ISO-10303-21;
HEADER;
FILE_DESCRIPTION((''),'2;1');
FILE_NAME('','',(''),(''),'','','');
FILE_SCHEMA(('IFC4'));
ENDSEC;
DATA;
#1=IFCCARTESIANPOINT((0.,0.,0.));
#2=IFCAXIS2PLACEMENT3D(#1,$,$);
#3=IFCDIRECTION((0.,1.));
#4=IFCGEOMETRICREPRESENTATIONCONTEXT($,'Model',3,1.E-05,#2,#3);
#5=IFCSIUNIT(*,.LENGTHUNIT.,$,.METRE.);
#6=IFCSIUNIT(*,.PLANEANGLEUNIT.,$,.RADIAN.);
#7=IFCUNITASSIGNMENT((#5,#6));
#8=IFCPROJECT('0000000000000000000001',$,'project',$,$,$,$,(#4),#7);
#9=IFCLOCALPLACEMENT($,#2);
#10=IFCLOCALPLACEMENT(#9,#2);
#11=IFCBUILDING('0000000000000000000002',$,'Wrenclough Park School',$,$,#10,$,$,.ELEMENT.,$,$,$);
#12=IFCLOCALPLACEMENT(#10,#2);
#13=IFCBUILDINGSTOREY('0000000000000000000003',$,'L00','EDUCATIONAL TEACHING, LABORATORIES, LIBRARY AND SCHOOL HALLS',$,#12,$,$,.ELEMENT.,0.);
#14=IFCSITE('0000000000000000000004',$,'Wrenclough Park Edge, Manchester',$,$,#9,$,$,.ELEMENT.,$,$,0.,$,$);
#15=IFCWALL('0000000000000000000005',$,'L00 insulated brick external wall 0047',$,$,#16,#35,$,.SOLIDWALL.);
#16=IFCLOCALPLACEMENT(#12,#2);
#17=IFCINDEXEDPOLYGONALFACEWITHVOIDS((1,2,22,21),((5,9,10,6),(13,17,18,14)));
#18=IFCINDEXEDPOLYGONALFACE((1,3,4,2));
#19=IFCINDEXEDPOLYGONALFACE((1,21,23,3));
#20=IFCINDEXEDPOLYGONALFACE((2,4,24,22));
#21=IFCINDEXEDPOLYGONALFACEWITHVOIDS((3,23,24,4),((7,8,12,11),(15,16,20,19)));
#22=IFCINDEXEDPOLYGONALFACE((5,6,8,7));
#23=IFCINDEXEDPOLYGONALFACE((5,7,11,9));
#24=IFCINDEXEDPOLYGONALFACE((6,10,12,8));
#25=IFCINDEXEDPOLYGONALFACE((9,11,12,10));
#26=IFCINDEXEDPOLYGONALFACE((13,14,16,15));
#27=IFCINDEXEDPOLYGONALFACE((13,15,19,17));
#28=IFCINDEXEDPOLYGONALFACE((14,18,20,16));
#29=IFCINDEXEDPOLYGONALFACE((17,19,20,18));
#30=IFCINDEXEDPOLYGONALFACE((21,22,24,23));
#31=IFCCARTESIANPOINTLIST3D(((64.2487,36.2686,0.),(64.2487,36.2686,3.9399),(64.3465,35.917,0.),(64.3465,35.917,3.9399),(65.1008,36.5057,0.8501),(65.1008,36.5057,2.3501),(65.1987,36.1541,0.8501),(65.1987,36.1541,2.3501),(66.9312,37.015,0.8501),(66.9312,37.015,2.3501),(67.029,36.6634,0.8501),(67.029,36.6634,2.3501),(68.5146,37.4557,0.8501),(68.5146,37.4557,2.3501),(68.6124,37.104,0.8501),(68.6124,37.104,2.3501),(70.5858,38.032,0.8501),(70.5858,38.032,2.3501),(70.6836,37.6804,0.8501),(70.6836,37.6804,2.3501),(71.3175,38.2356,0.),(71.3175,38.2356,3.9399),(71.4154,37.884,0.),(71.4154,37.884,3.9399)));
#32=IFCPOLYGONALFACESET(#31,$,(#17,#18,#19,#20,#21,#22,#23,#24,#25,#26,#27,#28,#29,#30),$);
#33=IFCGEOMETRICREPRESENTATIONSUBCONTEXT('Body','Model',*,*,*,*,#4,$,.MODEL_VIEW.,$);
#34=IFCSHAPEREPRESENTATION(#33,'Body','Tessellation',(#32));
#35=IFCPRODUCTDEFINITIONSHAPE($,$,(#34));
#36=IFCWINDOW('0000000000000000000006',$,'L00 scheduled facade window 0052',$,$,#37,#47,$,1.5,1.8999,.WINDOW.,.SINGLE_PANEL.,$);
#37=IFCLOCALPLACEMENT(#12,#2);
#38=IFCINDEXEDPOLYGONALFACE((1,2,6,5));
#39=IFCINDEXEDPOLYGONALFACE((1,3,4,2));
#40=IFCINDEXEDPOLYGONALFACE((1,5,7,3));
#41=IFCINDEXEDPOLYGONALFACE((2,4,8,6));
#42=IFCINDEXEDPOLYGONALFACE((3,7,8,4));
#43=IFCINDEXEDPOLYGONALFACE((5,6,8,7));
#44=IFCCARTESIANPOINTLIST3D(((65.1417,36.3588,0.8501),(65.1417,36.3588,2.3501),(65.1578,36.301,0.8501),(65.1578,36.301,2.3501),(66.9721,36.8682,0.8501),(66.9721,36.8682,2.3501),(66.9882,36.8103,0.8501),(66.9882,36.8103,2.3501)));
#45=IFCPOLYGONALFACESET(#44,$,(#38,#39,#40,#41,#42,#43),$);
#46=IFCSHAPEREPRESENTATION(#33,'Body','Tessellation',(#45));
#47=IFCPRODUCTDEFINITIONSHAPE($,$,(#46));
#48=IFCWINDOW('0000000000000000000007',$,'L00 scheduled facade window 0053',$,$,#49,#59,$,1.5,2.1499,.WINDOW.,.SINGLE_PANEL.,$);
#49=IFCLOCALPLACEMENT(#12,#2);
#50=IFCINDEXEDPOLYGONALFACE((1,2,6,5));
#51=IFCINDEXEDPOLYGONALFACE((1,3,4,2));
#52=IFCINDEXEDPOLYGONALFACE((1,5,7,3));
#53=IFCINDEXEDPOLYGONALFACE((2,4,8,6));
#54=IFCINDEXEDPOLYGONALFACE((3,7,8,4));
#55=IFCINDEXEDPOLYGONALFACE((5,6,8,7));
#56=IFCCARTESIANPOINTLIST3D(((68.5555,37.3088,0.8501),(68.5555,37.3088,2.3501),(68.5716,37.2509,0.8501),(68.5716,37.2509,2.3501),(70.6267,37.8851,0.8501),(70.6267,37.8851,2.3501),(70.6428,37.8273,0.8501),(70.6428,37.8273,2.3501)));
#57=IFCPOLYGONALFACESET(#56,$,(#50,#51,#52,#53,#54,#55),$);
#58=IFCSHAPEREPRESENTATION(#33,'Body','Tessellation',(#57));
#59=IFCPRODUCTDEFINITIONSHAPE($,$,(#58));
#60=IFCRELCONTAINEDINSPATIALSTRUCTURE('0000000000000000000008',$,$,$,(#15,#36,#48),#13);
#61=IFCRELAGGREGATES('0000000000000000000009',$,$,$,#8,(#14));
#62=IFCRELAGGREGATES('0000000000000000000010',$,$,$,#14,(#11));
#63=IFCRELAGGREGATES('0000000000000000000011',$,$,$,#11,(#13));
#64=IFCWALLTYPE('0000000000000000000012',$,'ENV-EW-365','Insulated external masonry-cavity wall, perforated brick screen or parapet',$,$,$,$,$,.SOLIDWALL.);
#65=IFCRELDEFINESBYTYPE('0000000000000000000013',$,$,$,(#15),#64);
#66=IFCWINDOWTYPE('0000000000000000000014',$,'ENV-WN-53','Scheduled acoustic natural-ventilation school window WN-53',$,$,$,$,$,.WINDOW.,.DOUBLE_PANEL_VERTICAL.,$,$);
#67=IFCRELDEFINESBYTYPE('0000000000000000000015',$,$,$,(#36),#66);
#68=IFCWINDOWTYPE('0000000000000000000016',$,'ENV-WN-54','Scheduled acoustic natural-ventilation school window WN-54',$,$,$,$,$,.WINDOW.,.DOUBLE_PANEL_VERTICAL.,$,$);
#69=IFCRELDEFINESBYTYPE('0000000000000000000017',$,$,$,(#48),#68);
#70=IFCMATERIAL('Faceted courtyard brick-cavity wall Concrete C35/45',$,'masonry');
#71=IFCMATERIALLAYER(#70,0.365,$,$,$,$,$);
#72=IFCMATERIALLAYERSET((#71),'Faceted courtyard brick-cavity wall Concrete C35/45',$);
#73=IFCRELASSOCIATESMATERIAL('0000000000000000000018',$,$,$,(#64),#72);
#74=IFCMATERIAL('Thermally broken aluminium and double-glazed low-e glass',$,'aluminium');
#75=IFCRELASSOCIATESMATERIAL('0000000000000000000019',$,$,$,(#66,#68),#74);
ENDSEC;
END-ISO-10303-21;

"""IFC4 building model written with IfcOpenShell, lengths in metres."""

from ifc_helpers import new_model, si_unit, direction, frame, frame_2d, origin, place, context, subcontext, project, spatial, rectangle, extrude, material, layer, layer_set, type_object, element, fill, save


model = new_model("IFC4")

# Units and contexts
model_context = context("Model", 3, precision=1e-05, world=origin(), true_north=direction((0.0, 1.0)))
body_context = subcontext(model_context, "Body", "Model", "MODEL_VIEW")
ifc_project = project(units=[si_unit("LENGTHUNIT", "METRE"), si_unit("PLANEANGLEUNIT", "RADIAN")], contexts=[model_context])

# Site, building, storey
site_placement = place(None, origin())
site = spatial("IfcSite", under=ifc_project, at=site_placement, Name="Wrenclough Park Edge, Manchester", CompositionType="ELEMENT", RefElevation=0.0)
building_placement = place(site_placement, origin())
building = spatial("IfcBuilding", under=site, at=building_placement, Name="Wrenclough Park School", CompositionType="ELEMENT")
storey_placement = place(building_placement, origin())
storey = spatial("IfcBuildingStorey", under=building, at=storey_placement, Name="L00", Description="EDUCATIONAL TEACHING, LABORATORIES, LIBRARY AND SCHOOL HALLS", CompositionType="ELEMENT", Elevation=0.0)

# Wall, openings, windows
ifc_material_1 = material(Name="Faceted courtyard brick-cavity wall Concrete C35/45", Category="masonry")
ifc_layer_1 = layer(ifc_material_1, 0.365)
ifc_layer_set_1 = layer_set([ifc_layer_1], Name="Faceted courtyard brick-cavity wall Concrete C35/45")
wall_type = type_object("IfcWallType", Name="ENV-EW-365", Description="Insulated external masonry-cavity wall, perforated brick screen or parapet", PredefinedType="SOLIDWALL", material=ifc_layer_set_1)
wall_placement = place(storey_placement, frame((64.2976, 36.0928, 0.0), z_axis=(0.0, 0.0, 1.0), x_axis=(0.963396, 0.268083, 0.0)))
wall = element("IfcWall", 1, at=wall_placement, inside=storey, type_object=wall_type, Name="L00 insulated brick external wall 0047", PredefinedType="SOLIDWALL", context=body_context, shape_type="SweptSolid", body=[
    extrude(rectangle(XDim=7.3374, YDim=0.365, at=frame_2d((3.6687, 0.0))), origin(), (0.0, 0.0, 1.0), 3.9399),
])
opening_1_placement = place(wall_placement, frame((0.8845, 0.0, 0.8501)))
opening_1 = element("IfcOpeningElement", 2, at=opening_1_placement, cuts=wall, PredefinedType="OPENING", context=body_context, shape_type="SweptSolid", body=[
    extrude(rectangle(XDim=1.8999, YDim=1.5, at=frame_2d((0.95, 0.75))), frame((0.0, 0.1924, 0.0), z_axis=(0.0, -1.0, 0.0), x_axis=(1.0, 0.0, 0.0)), (0.0, 0.0, 1.0), 0.385),
])
opening_2_placement = place(wall_placement, frame((4.428, 0.0, 0.8501)))
opening_2 = element("IfcOpeningElement", 3, at=opening_2_placement, cuts=wall, PredefinedType="OPENING", context=body_context, shape_type="SweptSolid", body=[
    extrude(rectangle(XDim=2.1499, YDim=1.5, at=frame_2d((1.075, 0.75))), frame((0.0, 0.1924, 0.0), z_axis=(0.0, -1.0, 0.0), x_axis=(1.0, 0.0, 0.0)), (0.0, 0.0, 1.0), 0.385),
])
ifc_material_2 = material(Name="Thermally broken aluminium and double-glazed low-e glass", Category="aluminium")
window_type_1 = type_object("IfcWindowType", Name="ENV-WN-53", Description="Scheduled acoustic natural-ventilation school window WN-53", PartitioningType="DOUBLE_PANEL_VERTICAL", PredefinedType="WINDOW", material=ifc_material_2)
window_1_placement = place(opening_1_placement, origin())
window_1 = element("IfcWindow", 4, at=window_1_placement, inside=storey, type_object=window_type_1, Name="L00 scheduled facade window 0052", OverallHeight=1.5, OverallWidth=1.8999, PartitioningType="SINGLE_PANEL", PredefinedType="WINDOW", context=body_context, shape_type="SweptSolid", body=[
    extrude(rectangle(XDim=1.8999, YDim=1.5, at=frame_2d((0.95, 0.75))), frame((0.0, 0.03, 0.0), z_axis=(0.0, -1.0, 0.0), x_axis=(1.0, 0.0, 0.0)), (0.0, 0.0, 1.0), 0.0601),
])
fill(opening_1, window_1)
window_type_2 = type_object("IfcWindowType", Name="ENV-WN-54", Description="Scheduled acoustic natural-ventilation school window WN-54", PartitioningType="DOUBLE_PANEL_VERTICAL", PredefinedType="WINDOW", material=ifc_material_2)
window_2_placement = place(opening_2_placement, origin())
window_2 = element("IfcWindow", 5, at=window_2_placement, inside=storey, type_object=window_type_2, Name="L00 scheduled facade window 0053", OverallHeight=1.5, OverallWidth=2.1499, PartitioningType="SINGLE_PANEL", PredefinedType="WINDOW", context=body_context, shape_type="SweptSolid", body=[
    extrude(rectangle(XDim=2.1499, YDim=1.5, at=frame_2d((1.075, 0.75))), frame((0.0, 0.03, 0.0), z_axis=(0.0, -1.0, 0.0), x_axis=(1.0, 0.0, 0.0)), (0.0, 0.0, 1.0), 0.0601),
])
fill(opening_2, window_2)

save(model, "model.ifc")
